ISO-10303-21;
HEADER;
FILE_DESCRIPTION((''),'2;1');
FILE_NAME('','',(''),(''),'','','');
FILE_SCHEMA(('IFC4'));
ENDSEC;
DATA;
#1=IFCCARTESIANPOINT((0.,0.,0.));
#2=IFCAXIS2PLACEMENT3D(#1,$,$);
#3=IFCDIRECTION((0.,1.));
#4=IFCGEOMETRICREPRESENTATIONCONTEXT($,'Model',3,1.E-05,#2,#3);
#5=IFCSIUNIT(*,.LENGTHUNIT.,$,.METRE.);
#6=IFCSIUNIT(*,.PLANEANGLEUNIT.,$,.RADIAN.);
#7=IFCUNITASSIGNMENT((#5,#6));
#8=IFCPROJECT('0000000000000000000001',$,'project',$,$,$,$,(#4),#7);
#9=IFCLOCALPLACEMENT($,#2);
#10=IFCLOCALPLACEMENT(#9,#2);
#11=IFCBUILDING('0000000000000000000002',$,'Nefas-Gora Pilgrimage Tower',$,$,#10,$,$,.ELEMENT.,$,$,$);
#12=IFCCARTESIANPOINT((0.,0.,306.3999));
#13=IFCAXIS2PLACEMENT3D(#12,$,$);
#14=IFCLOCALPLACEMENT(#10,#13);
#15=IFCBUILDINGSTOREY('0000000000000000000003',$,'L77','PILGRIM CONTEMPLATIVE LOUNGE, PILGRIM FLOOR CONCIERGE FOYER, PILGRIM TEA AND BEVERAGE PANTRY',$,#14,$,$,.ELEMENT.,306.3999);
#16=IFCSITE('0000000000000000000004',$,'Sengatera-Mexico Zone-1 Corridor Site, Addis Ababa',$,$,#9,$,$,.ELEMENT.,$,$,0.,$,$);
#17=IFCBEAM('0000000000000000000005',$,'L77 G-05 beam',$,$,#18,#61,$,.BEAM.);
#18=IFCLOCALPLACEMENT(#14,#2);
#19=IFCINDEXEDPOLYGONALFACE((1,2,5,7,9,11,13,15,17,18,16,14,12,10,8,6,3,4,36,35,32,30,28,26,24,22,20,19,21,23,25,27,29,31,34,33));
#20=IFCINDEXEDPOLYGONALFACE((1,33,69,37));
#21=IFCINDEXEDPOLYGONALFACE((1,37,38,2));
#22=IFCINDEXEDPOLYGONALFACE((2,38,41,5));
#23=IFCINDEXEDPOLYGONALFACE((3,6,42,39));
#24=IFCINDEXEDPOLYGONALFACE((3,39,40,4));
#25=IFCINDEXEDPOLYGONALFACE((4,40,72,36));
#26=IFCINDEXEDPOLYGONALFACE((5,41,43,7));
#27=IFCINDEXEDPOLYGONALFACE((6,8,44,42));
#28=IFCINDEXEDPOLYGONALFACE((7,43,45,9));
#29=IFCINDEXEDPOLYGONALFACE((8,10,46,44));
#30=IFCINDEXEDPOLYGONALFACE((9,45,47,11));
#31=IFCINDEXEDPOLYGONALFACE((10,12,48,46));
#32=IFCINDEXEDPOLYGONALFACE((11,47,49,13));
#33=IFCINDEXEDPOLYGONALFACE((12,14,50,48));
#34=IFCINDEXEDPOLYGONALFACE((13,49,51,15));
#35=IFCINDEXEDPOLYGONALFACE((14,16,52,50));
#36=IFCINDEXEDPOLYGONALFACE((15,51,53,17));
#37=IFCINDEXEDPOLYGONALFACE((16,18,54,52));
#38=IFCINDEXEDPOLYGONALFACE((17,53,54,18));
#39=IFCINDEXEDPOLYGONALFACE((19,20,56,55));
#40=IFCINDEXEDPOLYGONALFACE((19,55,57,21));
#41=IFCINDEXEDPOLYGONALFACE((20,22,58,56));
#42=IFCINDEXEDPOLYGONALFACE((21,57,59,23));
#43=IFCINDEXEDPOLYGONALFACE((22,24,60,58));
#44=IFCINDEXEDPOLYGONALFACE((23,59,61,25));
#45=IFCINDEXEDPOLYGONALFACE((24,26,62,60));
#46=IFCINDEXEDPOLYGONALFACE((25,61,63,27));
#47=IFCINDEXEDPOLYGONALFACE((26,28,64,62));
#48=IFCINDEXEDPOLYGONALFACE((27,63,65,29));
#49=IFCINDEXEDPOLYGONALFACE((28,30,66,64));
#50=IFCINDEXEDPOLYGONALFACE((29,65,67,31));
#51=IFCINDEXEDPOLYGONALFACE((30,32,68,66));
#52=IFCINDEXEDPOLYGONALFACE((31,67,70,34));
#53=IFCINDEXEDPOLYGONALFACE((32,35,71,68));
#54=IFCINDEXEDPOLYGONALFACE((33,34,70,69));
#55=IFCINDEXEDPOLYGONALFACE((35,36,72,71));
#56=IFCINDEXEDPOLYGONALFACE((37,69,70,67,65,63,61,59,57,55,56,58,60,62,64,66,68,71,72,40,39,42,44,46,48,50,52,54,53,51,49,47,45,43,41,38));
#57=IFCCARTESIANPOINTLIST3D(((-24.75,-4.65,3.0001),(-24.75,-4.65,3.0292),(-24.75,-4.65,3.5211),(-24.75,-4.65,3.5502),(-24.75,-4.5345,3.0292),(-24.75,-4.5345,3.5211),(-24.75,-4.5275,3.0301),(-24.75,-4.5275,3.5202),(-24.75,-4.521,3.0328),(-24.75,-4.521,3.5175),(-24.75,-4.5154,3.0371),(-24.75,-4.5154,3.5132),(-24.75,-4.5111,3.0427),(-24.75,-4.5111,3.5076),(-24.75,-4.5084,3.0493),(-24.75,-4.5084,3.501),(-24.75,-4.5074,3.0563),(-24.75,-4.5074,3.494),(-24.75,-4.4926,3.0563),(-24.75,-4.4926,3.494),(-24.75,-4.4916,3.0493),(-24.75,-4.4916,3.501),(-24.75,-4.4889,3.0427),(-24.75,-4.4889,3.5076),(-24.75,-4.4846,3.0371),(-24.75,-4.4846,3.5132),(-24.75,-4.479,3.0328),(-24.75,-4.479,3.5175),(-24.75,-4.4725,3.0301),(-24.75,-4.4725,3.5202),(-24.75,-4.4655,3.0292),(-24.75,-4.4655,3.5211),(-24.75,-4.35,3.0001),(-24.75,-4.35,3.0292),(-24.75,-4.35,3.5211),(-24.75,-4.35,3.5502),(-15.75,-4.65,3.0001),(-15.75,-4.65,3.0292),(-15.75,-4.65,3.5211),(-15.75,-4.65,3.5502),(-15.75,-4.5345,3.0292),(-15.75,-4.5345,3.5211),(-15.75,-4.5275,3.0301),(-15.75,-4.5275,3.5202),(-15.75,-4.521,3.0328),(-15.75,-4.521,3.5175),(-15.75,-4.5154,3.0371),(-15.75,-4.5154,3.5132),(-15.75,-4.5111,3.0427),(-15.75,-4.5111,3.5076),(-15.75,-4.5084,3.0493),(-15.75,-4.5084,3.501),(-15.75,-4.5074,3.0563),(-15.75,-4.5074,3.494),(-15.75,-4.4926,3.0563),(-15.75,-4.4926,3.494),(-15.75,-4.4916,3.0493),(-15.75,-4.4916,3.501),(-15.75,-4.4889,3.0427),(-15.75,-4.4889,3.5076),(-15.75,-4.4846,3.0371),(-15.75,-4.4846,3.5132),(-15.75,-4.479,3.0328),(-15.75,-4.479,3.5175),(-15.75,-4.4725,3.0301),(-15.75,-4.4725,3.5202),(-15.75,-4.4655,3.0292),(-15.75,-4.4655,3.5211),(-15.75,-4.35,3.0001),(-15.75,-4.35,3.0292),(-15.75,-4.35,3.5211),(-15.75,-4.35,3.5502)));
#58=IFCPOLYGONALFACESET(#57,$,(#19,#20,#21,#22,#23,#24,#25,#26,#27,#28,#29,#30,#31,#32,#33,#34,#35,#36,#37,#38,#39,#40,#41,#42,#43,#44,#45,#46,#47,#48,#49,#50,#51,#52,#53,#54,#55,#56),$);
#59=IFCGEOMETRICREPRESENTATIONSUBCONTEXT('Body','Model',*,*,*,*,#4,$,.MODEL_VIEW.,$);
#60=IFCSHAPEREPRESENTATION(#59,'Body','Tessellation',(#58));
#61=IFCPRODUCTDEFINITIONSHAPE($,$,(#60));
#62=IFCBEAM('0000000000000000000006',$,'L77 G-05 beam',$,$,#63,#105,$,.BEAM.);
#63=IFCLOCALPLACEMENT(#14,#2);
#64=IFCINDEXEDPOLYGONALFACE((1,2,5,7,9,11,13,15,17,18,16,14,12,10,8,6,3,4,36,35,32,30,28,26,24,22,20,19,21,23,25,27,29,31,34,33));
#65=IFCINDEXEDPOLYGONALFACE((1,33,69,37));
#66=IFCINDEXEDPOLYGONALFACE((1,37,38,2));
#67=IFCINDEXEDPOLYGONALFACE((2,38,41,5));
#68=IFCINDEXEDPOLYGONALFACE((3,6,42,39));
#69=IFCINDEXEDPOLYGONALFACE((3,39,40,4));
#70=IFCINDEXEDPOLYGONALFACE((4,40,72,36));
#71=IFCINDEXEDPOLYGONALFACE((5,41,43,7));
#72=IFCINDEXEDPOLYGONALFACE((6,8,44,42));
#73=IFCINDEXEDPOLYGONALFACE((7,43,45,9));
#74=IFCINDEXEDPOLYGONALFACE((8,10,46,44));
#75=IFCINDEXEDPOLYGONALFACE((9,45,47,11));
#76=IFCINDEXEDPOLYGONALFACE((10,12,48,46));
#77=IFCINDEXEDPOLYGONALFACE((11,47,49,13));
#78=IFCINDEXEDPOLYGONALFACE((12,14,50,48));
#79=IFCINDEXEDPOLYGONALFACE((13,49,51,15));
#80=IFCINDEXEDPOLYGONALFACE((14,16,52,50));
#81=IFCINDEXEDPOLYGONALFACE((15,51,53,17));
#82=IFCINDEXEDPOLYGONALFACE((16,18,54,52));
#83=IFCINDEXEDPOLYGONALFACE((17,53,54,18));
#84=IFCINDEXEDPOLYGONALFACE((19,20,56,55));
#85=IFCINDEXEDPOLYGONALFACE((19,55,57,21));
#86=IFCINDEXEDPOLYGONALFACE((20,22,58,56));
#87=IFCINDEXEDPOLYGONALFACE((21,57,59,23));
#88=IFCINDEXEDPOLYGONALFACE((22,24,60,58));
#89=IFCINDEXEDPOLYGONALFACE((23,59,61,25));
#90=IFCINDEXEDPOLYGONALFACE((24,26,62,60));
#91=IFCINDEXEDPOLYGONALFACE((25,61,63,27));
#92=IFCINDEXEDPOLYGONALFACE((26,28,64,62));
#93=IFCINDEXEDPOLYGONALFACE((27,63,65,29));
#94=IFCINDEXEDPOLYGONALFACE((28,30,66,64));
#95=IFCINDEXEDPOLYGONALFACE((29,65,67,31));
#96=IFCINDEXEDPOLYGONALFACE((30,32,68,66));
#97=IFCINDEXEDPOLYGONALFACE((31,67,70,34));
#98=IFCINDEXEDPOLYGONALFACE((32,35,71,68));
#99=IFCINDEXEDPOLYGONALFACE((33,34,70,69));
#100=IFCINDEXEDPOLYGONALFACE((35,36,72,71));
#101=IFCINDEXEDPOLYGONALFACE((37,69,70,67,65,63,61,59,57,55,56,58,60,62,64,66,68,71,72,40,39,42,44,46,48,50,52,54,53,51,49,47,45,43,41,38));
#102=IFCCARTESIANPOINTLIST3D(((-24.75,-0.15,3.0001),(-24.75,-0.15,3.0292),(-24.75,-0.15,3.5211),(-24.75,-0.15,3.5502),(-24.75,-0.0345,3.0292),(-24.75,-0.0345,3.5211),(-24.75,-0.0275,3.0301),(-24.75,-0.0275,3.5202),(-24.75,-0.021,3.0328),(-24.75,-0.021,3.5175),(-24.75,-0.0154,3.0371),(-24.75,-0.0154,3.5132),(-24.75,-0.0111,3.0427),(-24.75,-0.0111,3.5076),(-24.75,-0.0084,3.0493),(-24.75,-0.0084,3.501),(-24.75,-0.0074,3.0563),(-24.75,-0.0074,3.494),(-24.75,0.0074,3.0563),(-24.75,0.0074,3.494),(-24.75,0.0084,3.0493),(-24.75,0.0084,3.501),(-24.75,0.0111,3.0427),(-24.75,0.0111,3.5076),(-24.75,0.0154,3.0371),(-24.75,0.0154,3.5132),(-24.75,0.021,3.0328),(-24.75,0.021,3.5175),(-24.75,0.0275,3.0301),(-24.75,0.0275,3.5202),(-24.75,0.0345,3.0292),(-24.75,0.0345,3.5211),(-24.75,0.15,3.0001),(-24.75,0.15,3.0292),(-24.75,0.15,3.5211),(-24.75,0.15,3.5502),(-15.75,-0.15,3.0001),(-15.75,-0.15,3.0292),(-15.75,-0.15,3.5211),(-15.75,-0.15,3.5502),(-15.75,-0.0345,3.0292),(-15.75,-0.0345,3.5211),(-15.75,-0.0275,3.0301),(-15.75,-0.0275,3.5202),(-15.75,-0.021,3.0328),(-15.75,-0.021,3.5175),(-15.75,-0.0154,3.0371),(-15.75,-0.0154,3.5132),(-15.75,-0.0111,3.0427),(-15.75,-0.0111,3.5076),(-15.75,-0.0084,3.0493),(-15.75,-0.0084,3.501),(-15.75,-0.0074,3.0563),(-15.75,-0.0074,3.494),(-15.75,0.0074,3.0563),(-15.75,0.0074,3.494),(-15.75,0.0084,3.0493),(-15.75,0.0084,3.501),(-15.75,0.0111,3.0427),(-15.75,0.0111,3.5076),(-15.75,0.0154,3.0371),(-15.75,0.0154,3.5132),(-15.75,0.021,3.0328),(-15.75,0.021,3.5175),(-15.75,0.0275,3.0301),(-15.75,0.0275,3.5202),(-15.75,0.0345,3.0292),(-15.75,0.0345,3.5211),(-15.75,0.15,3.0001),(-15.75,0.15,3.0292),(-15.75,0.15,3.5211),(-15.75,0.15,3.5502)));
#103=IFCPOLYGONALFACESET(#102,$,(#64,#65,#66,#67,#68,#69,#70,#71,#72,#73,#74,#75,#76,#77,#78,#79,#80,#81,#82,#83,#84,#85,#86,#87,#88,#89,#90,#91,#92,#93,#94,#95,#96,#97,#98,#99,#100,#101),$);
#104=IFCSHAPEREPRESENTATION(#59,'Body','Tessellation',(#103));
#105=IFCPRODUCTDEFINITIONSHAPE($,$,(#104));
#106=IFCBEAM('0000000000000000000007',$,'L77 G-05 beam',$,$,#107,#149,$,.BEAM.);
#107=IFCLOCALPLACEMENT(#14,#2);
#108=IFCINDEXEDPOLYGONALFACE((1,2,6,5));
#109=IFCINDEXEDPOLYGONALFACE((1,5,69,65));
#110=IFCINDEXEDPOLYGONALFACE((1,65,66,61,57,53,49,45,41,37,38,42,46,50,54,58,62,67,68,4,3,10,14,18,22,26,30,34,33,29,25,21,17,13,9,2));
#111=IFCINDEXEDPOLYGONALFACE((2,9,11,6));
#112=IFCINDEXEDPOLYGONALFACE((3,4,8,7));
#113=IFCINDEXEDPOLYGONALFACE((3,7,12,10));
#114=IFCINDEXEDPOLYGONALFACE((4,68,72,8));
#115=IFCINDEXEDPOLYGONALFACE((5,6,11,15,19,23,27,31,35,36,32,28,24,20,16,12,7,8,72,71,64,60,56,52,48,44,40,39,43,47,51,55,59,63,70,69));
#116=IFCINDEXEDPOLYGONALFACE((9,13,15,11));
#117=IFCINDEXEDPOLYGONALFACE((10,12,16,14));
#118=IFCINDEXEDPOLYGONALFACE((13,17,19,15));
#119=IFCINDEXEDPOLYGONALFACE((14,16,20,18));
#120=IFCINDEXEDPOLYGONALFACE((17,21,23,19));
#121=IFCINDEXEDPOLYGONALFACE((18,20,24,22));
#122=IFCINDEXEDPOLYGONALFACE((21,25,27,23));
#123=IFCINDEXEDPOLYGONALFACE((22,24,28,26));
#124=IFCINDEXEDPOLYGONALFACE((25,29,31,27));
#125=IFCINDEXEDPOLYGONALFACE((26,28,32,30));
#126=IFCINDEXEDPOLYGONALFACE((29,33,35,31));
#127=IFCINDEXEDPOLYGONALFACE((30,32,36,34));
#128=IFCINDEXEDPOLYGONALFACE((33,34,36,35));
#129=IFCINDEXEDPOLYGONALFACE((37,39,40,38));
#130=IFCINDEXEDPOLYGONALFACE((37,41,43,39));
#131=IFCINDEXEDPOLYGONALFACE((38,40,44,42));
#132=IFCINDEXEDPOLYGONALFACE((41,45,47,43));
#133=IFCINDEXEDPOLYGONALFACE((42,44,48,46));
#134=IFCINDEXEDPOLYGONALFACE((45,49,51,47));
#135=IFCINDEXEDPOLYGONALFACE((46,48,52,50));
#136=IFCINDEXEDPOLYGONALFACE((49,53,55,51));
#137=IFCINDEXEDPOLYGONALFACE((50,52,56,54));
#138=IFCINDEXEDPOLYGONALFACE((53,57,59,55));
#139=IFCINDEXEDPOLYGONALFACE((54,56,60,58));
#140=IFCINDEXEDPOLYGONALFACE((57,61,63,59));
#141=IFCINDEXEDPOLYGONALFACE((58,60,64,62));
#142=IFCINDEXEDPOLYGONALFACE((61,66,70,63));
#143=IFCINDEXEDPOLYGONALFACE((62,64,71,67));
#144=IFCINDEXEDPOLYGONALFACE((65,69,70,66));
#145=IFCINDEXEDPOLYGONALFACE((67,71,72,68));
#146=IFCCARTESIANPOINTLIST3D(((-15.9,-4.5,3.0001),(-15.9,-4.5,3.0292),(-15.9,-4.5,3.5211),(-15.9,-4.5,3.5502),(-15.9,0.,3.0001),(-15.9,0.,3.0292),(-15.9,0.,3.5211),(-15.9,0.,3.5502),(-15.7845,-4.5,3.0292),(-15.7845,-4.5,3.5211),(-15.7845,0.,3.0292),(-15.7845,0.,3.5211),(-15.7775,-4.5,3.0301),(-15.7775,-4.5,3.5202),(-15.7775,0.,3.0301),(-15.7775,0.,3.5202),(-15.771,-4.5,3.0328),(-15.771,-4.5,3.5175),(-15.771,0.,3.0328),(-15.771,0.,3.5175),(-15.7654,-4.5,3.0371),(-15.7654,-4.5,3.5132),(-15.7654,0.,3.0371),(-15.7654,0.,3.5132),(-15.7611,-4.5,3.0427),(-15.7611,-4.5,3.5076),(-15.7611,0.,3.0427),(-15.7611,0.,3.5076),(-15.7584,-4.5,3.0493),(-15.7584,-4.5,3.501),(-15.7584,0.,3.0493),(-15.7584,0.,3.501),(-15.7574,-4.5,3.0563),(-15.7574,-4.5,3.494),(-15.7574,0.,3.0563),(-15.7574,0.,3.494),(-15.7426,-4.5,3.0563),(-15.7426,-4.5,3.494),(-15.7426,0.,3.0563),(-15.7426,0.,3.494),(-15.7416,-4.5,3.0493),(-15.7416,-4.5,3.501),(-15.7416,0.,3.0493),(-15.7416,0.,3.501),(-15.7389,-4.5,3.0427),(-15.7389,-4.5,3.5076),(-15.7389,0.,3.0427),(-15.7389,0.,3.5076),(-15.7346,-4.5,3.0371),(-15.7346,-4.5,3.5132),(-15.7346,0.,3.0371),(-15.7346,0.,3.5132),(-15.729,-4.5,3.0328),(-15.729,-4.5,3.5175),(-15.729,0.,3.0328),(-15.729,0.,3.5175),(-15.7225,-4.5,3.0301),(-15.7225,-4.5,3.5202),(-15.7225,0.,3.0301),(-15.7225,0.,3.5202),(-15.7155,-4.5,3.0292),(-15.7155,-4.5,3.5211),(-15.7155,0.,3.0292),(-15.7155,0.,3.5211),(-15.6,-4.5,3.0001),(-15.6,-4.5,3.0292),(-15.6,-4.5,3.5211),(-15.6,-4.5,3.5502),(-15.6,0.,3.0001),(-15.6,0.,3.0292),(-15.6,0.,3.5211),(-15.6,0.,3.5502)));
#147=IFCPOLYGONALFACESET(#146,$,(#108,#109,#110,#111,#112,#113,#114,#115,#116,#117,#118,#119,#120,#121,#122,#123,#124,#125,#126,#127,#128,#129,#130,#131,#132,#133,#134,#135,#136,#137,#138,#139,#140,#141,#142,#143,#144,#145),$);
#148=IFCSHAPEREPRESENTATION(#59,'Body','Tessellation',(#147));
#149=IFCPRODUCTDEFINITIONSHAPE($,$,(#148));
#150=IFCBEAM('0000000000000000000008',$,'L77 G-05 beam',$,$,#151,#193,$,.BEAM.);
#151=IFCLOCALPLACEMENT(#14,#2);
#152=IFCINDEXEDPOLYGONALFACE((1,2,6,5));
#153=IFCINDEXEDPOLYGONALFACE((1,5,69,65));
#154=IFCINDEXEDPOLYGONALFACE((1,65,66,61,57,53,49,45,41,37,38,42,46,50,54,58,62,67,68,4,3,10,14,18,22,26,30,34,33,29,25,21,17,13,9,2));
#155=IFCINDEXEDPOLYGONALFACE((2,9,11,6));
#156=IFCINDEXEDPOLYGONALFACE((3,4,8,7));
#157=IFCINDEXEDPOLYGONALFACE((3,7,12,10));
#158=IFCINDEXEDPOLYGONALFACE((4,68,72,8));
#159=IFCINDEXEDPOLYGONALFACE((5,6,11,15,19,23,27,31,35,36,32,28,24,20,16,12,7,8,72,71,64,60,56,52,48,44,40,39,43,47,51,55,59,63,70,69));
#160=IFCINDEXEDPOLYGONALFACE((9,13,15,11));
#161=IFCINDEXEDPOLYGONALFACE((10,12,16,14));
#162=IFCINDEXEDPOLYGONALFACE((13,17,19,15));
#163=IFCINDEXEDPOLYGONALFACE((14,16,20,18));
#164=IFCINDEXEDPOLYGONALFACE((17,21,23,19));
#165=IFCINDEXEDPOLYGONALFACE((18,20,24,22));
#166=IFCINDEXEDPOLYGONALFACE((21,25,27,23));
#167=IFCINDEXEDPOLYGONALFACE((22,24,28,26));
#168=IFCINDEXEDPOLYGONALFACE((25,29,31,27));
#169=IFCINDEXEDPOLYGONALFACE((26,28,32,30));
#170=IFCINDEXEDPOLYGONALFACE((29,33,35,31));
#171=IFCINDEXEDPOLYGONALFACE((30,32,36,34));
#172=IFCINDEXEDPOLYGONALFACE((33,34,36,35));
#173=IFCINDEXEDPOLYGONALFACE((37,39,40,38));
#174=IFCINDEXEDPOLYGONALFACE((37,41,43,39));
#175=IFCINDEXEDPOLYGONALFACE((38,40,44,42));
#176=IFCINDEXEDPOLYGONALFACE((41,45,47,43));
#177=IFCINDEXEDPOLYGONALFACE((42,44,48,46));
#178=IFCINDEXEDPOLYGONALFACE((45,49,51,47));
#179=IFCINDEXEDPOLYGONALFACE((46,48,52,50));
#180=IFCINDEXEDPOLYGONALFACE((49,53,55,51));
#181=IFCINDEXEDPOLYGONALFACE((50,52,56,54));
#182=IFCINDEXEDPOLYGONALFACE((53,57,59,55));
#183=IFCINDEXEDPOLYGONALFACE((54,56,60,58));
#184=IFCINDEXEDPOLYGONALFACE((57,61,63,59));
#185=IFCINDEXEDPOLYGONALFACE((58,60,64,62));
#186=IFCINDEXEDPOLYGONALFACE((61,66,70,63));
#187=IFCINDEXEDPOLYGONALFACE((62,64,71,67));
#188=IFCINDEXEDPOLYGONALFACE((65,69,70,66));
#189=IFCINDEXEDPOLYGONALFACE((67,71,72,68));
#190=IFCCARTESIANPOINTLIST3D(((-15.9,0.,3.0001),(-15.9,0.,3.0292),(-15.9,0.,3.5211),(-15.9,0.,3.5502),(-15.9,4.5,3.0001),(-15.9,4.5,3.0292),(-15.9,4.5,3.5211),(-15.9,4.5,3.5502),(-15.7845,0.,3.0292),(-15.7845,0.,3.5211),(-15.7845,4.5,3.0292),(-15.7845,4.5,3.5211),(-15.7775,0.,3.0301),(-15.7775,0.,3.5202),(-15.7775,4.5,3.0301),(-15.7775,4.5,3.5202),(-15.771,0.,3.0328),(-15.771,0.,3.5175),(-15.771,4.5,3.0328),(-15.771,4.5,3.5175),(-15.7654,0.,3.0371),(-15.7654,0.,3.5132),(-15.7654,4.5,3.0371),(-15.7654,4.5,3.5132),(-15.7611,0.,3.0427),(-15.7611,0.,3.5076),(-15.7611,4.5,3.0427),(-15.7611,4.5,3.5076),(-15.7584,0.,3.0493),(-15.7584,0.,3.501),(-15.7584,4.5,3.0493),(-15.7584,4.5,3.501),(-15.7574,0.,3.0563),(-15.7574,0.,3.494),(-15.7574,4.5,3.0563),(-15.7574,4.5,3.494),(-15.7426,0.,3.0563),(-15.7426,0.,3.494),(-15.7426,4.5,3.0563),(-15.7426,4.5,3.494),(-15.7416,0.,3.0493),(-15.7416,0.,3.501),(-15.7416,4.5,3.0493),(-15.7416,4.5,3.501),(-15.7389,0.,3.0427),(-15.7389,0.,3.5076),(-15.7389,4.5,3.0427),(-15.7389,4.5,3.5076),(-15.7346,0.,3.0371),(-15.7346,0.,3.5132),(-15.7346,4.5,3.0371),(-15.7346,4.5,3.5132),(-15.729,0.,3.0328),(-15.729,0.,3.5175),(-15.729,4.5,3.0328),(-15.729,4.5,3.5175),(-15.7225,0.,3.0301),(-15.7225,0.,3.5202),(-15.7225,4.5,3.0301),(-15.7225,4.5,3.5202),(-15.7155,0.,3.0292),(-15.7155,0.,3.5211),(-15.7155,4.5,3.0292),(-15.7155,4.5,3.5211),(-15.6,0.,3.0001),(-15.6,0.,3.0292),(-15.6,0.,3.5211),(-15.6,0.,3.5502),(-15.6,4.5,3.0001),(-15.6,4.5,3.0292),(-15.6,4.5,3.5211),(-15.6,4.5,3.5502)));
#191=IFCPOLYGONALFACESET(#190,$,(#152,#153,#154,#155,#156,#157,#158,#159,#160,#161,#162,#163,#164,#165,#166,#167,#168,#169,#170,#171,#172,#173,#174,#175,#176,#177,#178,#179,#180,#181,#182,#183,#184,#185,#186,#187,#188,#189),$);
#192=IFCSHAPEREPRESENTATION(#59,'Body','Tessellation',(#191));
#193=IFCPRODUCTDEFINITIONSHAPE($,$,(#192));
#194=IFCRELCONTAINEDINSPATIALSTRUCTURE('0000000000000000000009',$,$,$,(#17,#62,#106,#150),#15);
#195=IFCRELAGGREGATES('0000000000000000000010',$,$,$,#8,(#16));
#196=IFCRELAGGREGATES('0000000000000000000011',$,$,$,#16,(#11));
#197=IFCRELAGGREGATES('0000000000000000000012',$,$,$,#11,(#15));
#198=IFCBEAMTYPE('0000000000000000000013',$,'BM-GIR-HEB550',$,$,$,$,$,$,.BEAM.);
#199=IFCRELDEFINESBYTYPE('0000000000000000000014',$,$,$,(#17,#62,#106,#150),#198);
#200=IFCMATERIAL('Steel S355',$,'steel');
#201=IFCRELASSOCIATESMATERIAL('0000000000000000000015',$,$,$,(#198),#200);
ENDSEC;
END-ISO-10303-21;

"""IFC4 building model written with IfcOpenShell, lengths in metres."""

from ifc_helpers import new_model, si_unit, direction, frame, origin, origin_2d, place, context, subcontext, project, spatial, i_section, extrude, source, transform, mapped, material, material_profile, profile_set, type_object, element, save


model = new_model("IFC4")

# Units and contexts
model_context = context("Model", 3, precision=1e-05, world=origin(), true_north=direction((0.0, 1.0)))
body_context = subcontext(model_context, "Body", "Model", "MODEL_VIEW")
ifc_project = project(units=[si_unit("LENGTHUNIT", "METRE"), si_unit("PLANEANGLEUNIT", "RADIAN")], contexts=[model_context])

# Site, building, storey
site_placement = place(None, origin())
site = spatial("IfcSite", under=ifc_project, at=site_placement, Name="Sengatera-Mexico Zone-1 Corridor Site, Addis Ababa", CompositionType="ELEMENT", RefElevation=0.0)
building_placement = place(site_placement, origin())
building = spatial("IfcBuilding", under=site, at=building_placement, Name="Nefas-Gora Pilgrimage Tower", CompositionType="ELEMENT")
storey_placement = place(building_placement, frame((0.0, 0.0, 306.3999)))
storey = spatial("IfcBuildingStorey", under=building, at=storey_placement, Name="L77", Description="PILGRIM CONTEMPLATIVE LOUNGE, PILGRIM FLOOR CONCIERGE FOYER, PILGRIM TEA AND BEVERAGE PANTRY", CompositionType="ELEMENT", Elevation=306.3999)

# Shared definitions
ifc_material_1 = material(Name="Steel S355", Category="steel")

# Beams
ifc_material_profile_1 = material_profile(ifc_material_1, i_section(OverallWidth=0.3, OverallDepth=0.55, WebThickness=0.0149, FlangeThickness=0.0291, FilletRadius=0.0271, at=origin_2d()), Name="HEB 550")
ifc_profile_set_1 = profile_set([ifc_material_profile_1], Name="Steel S355")
beam_type_1 = type_object("IfcBeamType", Name="BM-GIR-HEB550", PredefinedType="BEAM", material=ifc_profile_set_1)
shared_shape_1 = source(origin(), body_context, "Body", "SweptSolid", [
    extrude(i_section(OverallWidth=0.3, OverallDepth=0.55, WebThickness=0.0149, FlangeThickness=0.0291, FilletRadius=0.0271, at=origin_2d()), origin(), (0.0, 0.0, 1.0), 9.0),
])
for number, where, z_axis, x_axis, name in (
    (1, (-24.75, -4.5, 3.2751), (1.0, 0.0, 0.0), (0.0, 1.0, 0.0), "L77 G-05 beam"),
    (2, (-24.75, 0.0, 3.2751), (1.0, 0.0, 0.0), (0.0, 1.0, 0.0), "L77 G-05 beam"),
):
    element("IfcBeam", number, at=place(storey_placement, frame(where, z_axis=z_axis, x_axis=x_axis)), inside=storey, type_object=beam_type_1, Name=name, PredefinedType="BEAM", context=body_context, shape_type="MappedRepresentation", body=[
        mapped(shared_shape_1, transform((0.0, 0.0, 0.0), x_axis=(1.0, 0.0, 0.0), y_axis=(0.0, 1.0, 0.0), z_axis=(0.0, 0.0, 1.0), scale=1.0)),
    ])
shared_shape_2 = source(origin(), body_context, "Body", "SweptSolid", [
    extrude(i_section(OverallWidth=0.3, OverallDepth=0.55, WebThickness=0.0149, FlangeThickness=0.0291, FilletRadius=0.0271, at=origin_2d()), origin(), (0.0, 0.0, 1.0), 4.5),
])
for number, where, z_axis, x_axis, name in (
    (3, (-15.75, -4.5, 3.2751), (0.0, 1.0, 0.0), (-1.0, 0.0, 0.0), "L77 G-05 beam"),
    (4, (-15.75, 0.0, 3.2751), (0.0, 1.0, 0.0), (-1.0, 0.0, 0.0), "L77 G-05 beam"),
):
    element("IfcBeam", number, at=place(storey_placement, frame(where, z_axis=z_axis, x_axis=x_axis)), inside=storey, type_object=beam_type_1, Name=name, PredefinedType="BEAM", context=body_context, shape_type="MappedRepresentation", body=[
        mapped(shared_shape_2, transform((0.0, 0.0, 0.0), x_axis=(1.0, 0.0, 0.0), y_axis=(0.0, 1.0, 0.0), z_axis=(0.0, 0.0, 1.0), scale=1.0)),
    ])

save(model, "model.ifc")
